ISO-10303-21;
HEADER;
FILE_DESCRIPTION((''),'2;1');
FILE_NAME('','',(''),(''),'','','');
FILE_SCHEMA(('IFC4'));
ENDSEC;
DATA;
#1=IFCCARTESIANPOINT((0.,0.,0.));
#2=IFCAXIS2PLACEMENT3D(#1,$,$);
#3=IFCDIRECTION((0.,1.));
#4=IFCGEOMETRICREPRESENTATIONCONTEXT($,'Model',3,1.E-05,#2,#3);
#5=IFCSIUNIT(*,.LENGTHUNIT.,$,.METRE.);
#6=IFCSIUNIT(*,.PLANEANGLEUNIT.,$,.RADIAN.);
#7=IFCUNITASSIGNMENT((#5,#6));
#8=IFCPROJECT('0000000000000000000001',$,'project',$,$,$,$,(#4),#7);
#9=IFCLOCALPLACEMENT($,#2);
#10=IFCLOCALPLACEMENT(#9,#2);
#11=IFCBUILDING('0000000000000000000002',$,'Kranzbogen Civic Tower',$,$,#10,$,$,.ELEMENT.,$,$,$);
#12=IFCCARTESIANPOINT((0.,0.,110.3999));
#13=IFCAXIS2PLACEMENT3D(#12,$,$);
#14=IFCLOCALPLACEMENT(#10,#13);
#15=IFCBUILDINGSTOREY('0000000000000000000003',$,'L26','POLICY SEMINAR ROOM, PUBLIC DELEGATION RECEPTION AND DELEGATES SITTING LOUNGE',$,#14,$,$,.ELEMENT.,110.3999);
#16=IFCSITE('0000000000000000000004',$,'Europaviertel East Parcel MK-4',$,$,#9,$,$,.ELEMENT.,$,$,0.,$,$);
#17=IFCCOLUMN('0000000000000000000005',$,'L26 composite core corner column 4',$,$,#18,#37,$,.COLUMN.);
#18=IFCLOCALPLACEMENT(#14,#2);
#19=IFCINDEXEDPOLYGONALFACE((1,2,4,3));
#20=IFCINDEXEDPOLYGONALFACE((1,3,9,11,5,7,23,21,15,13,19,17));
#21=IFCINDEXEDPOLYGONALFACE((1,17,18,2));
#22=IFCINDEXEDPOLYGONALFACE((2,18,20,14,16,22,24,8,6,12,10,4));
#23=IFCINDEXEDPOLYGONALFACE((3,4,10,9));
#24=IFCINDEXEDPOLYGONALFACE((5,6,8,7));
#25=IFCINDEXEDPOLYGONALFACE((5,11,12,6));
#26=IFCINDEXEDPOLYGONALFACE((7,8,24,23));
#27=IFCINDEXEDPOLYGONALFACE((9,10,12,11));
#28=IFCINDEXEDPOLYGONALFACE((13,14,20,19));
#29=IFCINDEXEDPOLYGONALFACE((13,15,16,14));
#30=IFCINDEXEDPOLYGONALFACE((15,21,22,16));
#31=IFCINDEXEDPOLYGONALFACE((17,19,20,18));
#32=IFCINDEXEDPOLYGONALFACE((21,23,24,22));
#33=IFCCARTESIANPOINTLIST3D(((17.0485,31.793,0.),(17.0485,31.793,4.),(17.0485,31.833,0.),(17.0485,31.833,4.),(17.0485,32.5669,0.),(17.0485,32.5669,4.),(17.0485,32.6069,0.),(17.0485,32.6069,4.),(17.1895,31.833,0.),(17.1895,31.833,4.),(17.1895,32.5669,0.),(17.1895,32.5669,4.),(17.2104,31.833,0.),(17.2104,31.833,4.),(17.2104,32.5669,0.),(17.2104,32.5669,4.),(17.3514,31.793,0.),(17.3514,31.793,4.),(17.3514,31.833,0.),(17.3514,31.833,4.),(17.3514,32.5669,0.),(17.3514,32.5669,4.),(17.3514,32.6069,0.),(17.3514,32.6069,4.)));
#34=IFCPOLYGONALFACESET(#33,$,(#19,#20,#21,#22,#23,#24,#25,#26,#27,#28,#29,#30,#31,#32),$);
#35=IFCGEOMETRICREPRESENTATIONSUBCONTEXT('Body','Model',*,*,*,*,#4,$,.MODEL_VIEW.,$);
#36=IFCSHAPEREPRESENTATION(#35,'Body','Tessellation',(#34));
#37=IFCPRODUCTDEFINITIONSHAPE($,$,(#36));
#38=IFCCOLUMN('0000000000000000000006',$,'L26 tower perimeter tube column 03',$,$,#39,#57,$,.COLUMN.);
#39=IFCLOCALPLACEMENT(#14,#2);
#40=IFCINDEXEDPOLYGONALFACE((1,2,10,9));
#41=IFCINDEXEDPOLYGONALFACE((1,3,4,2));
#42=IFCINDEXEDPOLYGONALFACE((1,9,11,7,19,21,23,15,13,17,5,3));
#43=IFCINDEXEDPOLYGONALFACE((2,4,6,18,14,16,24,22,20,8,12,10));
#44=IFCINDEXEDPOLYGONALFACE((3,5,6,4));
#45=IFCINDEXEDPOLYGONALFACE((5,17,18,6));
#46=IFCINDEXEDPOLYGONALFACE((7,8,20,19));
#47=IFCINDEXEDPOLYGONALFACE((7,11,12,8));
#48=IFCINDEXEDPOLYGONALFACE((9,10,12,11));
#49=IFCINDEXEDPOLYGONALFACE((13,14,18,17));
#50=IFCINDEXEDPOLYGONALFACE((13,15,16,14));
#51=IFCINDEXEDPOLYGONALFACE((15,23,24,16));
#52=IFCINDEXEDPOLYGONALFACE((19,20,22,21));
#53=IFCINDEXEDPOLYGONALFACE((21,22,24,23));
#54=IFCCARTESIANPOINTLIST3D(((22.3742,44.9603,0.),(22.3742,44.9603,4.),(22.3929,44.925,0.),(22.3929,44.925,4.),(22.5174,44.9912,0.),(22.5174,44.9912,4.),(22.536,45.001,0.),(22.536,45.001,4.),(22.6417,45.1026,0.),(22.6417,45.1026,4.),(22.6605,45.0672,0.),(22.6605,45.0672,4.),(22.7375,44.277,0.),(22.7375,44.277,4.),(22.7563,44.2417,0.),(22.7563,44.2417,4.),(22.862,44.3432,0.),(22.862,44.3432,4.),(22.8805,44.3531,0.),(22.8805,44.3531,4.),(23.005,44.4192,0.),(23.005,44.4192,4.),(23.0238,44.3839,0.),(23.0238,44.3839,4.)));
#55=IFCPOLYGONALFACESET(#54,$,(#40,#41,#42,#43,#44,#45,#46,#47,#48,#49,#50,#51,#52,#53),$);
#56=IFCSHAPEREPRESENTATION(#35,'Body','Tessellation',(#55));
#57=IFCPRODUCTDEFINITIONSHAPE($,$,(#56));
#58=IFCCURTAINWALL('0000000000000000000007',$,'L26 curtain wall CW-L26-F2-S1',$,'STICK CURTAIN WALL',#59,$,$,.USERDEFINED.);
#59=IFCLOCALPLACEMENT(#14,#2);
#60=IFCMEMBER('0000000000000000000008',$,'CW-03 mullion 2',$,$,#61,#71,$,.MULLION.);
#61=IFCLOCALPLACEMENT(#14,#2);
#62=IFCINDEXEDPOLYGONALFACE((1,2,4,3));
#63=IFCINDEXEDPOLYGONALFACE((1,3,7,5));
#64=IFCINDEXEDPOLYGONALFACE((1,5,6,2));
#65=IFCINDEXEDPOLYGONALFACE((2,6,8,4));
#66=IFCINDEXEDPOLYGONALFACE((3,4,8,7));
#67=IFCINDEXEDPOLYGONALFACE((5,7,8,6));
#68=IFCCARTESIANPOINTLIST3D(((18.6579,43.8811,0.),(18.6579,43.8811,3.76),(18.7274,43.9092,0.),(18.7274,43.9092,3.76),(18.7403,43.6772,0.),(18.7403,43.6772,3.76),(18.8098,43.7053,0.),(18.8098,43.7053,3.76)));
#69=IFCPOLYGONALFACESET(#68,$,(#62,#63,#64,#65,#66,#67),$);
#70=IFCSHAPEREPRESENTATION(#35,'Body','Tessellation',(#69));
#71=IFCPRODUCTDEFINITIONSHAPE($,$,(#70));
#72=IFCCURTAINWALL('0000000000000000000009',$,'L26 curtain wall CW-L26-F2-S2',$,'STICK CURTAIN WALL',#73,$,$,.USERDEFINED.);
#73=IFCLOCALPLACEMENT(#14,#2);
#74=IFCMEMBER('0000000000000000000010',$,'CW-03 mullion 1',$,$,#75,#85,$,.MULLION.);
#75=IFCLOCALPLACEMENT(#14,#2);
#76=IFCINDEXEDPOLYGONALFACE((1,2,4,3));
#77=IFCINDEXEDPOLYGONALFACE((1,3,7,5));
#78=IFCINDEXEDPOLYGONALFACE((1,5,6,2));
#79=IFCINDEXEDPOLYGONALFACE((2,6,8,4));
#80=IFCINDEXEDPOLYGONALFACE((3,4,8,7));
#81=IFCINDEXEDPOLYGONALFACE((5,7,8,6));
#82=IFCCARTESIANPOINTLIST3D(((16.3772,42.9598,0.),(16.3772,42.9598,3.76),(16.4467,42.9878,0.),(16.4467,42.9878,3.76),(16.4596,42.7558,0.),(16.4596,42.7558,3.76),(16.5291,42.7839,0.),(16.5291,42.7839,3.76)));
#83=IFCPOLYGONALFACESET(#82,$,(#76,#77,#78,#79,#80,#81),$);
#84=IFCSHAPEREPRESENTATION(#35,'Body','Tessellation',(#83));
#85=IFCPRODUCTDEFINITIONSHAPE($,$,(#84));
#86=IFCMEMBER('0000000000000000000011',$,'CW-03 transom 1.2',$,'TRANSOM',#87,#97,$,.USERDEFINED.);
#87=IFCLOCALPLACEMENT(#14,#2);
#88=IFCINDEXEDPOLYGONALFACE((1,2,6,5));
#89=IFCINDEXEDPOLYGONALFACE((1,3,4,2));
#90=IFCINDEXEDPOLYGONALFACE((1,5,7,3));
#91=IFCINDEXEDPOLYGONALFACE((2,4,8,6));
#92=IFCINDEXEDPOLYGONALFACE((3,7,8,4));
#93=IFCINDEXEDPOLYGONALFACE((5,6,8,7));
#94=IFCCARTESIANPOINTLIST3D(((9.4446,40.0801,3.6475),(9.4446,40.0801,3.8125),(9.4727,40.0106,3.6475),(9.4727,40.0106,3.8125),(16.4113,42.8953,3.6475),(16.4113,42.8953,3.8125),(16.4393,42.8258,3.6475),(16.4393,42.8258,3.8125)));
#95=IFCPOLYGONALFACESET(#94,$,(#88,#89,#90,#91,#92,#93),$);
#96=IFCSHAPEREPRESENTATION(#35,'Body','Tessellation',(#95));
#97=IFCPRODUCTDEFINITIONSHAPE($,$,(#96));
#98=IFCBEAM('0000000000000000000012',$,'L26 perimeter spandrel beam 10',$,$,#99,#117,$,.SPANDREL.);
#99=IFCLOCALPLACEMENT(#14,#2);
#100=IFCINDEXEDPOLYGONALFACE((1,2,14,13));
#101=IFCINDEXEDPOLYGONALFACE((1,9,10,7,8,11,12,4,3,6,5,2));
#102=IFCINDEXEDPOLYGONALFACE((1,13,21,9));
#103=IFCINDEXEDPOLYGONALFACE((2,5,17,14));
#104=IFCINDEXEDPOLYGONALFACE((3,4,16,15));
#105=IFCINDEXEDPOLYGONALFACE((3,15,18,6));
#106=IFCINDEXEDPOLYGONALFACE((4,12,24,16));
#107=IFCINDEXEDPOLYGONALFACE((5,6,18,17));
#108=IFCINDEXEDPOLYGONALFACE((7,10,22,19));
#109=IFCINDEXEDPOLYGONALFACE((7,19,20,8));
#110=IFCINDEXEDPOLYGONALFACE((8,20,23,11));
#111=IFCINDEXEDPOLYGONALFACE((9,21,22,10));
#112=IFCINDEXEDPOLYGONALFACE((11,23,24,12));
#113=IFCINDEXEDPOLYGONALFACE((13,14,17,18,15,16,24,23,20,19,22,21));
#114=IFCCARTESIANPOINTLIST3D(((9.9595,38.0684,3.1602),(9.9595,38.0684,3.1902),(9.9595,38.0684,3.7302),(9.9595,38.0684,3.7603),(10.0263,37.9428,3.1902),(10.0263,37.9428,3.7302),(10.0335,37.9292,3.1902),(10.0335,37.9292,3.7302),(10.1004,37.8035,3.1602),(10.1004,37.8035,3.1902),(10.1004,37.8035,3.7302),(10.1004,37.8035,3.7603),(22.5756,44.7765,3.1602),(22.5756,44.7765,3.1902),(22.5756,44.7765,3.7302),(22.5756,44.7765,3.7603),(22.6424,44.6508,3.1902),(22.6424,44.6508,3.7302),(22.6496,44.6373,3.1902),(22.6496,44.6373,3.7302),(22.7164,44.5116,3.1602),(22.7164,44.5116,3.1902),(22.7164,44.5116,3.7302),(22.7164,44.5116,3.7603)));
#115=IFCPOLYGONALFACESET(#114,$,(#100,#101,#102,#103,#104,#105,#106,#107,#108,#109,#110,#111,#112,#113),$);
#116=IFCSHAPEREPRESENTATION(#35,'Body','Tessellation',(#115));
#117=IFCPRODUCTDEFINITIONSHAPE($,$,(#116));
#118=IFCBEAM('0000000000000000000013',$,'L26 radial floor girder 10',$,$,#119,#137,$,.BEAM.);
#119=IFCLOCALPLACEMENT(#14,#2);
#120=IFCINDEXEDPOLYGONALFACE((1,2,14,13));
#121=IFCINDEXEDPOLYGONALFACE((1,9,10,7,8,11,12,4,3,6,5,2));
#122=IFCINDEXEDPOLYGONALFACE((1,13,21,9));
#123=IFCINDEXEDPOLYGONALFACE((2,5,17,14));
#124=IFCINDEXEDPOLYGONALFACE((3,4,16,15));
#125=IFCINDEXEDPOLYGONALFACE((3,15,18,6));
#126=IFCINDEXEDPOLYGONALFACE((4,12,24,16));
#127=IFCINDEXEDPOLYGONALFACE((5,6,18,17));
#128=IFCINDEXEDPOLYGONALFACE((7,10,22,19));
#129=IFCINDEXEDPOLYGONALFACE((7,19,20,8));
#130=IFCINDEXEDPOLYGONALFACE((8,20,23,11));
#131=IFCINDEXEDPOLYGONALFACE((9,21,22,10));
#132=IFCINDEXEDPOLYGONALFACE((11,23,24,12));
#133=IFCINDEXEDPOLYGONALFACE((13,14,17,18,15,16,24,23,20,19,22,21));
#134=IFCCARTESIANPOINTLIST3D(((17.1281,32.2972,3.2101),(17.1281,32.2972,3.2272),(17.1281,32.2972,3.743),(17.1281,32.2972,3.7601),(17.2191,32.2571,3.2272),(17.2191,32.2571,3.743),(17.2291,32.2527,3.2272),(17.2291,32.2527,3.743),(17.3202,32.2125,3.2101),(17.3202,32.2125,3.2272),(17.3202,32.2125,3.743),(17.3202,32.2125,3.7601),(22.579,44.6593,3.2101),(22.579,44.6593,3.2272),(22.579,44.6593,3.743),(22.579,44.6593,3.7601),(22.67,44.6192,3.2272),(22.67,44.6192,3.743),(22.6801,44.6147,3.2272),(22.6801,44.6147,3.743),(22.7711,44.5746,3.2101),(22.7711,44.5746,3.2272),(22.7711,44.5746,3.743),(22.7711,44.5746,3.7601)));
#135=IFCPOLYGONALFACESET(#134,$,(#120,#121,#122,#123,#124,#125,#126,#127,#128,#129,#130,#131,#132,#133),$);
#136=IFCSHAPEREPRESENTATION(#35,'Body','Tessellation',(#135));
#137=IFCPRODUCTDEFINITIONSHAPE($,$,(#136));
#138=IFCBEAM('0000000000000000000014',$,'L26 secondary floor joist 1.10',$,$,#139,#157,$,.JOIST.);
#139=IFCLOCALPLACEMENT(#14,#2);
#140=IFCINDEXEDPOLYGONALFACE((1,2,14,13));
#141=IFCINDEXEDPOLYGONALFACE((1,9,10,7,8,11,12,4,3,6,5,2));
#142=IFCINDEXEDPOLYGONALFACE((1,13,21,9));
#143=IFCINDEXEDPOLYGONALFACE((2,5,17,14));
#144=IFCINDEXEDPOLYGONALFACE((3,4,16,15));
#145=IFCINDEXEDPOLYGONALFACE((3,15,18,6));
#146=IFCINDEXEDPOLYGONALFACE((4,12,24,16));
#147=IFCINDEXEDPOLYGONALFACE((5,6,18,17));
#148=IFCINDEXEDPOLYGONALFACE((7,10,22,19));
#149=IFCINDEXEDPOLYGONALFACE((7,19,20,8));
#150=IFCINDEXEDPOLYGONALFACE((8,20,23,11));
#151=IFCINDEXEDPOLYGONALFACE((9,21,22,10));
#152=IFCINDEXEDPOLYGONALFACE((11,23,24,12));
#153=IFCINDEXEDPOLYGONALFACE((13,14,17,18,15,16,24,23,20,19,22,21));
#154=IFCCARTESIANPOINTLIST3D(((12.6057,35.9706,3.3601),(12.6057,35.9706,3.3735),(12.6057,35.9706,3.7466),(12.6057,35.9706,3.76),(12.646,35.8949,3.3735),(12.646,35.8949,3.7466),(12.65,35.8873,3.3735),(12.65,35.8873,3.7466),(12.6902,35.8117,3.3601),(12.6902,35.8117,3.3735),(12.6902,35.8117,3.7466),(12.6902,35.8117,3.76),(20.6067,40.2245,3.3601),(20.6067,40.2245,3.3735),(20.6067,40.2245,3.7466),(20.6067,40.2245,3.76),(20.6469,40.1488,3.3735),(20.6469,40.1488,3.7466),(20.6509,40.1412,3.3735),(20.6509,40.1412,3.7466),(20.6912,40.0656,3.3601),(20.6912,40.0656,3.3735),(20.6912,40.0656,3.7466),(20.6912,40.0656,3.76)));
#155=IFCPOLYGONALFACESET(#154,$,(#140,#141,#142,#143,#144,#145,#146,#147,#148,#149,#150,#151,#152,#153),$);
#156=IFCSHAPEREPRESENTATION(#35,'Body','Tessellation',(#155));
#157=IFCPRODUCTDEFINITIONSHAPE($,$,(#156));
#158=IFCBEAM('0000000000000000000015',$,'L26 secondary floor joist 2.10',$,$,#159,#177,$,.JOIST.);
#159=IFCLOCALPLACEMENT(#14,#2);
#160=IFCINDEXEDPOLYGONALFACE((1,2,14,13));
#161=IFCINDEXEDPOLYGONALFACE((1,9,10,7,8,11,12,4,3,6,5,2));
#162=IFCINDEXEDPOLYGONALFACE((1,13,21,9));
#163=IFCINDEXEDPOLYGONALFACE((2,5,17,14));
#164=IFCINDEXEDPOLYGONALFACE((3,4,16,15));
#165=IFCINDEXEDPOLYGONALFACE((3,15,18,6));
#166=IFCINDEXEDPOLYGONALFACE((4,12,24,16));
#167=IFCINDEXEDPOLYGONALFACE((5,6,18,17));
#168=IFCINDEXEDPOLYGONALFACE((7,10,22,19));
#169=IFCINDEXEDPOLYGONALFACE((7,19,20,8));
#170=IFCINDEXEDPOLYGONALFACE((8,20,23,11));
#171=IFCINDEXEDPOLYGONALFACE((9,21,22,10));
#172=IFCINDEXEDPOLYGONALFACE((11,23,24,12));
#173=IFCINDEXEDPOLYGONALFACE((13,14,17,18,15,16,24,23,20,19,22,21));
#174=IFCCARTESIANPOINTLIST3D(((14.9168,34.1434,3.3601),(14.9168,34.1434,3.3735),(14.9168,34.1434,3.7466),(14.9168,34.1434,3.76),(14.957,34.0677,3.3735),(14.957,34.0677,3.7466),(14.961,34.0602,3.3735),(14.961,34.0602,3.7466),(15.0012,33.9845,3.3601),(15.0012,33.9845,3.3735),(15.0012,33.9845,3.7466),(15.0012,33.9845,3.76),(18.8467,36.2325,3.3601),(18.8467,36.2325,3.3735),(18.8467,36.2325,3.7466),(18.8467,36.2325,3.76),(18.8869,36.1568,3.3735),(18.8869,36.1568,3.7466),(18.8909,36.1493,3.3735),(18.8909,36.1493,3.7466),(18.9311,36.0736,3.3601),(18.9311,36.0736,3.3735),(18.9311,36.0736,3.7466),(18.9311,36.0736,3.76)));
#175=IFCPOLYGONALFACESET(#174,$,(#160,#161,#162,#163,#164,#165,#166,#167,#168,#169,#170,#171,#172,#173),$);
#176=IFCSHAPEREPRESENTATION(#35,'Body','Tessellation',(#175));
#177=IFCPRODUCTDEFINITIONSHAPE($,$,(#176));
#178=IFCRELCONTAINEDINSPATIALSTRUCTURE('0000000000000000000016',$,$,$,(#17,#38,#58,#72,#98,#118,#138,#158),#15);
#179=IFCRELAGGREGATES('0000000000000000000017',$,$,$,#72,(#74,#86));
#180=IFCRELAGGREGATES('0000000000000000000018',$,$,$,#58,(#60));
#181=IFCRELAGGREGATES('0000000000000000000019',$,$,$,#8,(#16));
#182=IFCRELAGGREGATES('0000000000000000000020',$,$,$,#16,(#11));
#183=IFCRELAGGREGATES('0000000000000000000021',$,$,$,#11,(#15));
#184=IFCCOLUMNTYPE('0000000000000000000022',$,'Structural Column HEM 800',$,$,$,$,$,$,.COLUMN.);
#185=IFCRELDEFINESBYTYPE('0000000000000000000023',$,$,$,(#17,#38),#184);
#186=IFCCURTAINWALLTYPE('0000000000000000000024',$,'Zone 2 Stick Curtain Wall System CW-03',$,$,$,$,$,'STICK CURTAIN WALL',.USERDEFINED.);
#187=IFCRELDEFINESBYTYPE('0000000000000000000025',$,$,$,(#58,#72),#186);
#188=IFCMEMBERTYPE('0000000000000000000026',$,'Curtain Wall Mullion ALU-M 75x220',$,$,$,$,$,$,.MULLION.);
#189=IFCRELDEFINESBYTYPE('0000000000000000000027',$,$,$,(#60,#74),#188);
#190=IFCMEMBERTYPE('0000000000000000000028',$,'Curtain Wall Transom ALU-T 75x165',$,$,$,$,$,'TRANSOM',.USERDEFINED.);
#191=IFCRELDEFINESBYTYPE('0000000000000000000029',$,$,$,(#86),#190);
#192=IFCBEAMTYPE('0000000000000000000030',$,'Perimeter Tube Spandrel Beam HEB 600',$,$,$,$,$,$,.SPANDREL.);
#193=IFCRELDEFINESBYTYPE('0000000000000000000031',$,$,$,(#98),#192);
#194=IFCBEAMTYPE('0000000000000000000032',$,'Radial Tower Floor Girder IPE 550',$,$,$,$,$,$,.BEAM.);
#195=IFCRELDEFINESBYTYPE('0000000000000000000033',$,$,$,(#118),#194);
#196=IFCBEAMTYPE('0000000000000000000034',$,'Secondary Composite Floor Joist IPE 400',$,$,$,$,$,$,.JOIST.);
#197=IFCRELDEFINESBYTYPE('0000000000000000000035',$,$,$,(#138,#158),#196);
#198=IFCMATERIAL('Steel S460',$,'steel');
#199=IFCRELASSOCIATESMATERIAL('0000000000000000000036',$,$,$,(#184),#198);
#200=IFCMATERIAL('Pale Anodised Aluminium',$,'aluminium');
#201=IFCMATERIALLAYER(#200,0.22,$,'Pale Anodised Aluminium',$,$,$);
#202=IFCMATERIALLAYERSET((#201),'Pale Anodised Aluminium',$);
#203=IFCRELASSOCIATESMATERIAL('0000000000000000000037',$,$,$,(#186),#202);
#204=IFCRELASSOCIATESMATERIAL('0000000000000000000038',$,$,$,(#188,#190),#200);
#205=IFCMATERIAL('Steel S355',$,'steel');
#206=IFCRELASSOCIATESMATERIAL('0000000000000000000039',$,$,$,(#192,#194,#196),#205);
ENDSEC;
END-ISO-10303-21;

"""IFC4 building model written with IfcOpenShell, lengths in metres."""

from ifc_helpers import new_model, si_unit, direction, frame, origin, origin_2d, place, context, subcontext, project, spatial, rectangle, i_section, extrude, material, layer, layer_set, material_profile, profile_set, type_object, element, aggregate, save


model = new_model("IFC4")

# Units and contexts
model_context = context("Model", 3, precision=1e-05, world=origin(), true_north=direction((0.0, 1.0)))
body_context = subcontext(model_context, "Body", "Model", "MODEL_VIEW")
ifc_project = project(units=[si_unit("LENGTHUNIT", "METRE"), si_unit("PLANEANGLEUNIT", "RADIAN")], contexts=[model_context])

# Site, building, storey
site_placement = place(None, origin())
site = spatial("IfcSite", under=ifc_project, at=site_placement, Name="Europaviertel East Parcel MK-4", CompositionType="ELEMENT", RefElevation=0.0)
building_placement = place(site_placement, origin())
building = spatial("IfcBuilding", under=site, at=building_placement, Name="Kranzbogen Civic Tower", CompositionType="ELEMENT")
storey_placement = place(building_placement, frame((0.0, 0.0, 110.3999)))
storey = spatial("IfcBuildingStorey", under=building, at=storey_placement, Name="L26", Description="POLICY SEMINAR ROOM, PUBLIC DELEGATION RECEPTION AND DELEGATES SITTING LOUNGE", CompositionType="ELEMENT", Elevation=110.3999)

# Columns
ifc_material_1 = material(Name="Steel S460", Category="steel")
ifc_material_profile_1 = material_profile(ifc_material_1, i_section(OverallWidth=0.303, OverallDepth=0.814, WebThickness=0.021, FlangeThickness=0.04, at=origin_2d()), Name="HEM 800")
ifc_profile_set_1 = profile_set([ifc_material_profile_1], Name="Steel S460")
column_type = type_object("IfcColumnType", Name="Structural Column HEM 800", PredefinedType="COLUMN", material=ifc_profile_set_1)
for number, where, z_axis, x_axis, name in (
    (1, (17.2, 32.2, 0.0), (0.0, 0.0, 1.0), (1.0, 0.0, 0.0), "L26 composite core corner column 4"),
    (2, (22.699, 44.6721, 0.0), (0.0, 0.0, 1.0), (0.882948, 0.469472, 0.0), "L26 tower perimeter tube column 03"),
):
    element("IfcColumn", number, at=place(storey_placement, frame(where, z_axis=z_axis, x_axis=x_axis)), inside=storey, type_object=column_type, Name=name, PredefinedType="COLUMN", context=body_context, shape_type="SweptSolid", body=[
        extrude(i_section(OverallWidth=0.303, OverallDepth=0.814, WebThickness=0.021, FlangeThickness=0.04, at=origin_2d()), origin(), (0.0, 0.0, 1.0), 4.0),
    ])

# Curtain wall, member
ifc_material_2 = material(Name="Pale Anodised Aluminium", Category="aluminium")
ifc_layer_1 = layer(ifc_material_2, 0.22, Name="Pale Anodised Aluminium")
ifc_layer_set_1 = layer_set([ifc_layer_1], Name="Pale Anodised Aluminium")
curtain_wall_type = type_object("IfcCurtainWallType", Name="Zone 2 Stick Curtain Wall System CW-03", ElementType="STICK CURTAIN WALL", PredefinedType="USERDEFINED", material=ifc_layer_set_1)
curtain_wall_1_placement = place(storey_placement, origin())
curtain_wall_1 = element("IfcCurtainWall", 3, at=curtain_wall_1_placement, inside=storey, type_object=curtain_wall_type, Name="L26 curtain wall CW-L26-F2-S1", ObjectType="STICK CURTAIN WALL", PredefinedType="USERDEFINED")
ifc_material_profile_2 = material_profile(ifc_material_2, rectangle(XDim=0.075, YDim=0.22, at=origin_2d()), Name="ALU-M 75x220")
ifc_profile_set_2 = profile_set([ifc_material_profile_2], Name="Pale Anodised Aluminium")
member_type_1 = type_object("IfcMemberType", Name="Curtain Wall Mullion ALU-M 75x220", PredefinedType="MULLION", material=ifc_profile_set_2)
member_1_placement = place(storey_placement, frame((18.7339, 43.7932, 0.0), z_axis=(0.0, 0.0, 1.0), x_axis=(-0.92717, -0.374641, 0.0)))
member_1 = element("IfcMember", 4, at=member_1_placement, type_object=member_type_1, Name="CW-03 mullion 2", PredefinedType="MULLION", context=body_context, shape_type="SweptSolid", body=[
    extrude(rectangle(XDim=0.075, YDim=0.22, at=origin_2d()), origin(), (0.0, 0.0, 1.0), 3.76),
])

# Curtain wall, members
curtain_wall_2_placement = place(storey_placement, origin())
curtain_wall_2 = element("IfcCurtainWall", 5, at=curtain_wall_2_placement, inside=storey, type_object=curtain_wall_type, Name="L26 curtain wall CW-L26-F2-S2", ObjectType="STICK CURTAIN WALL", PredefinedType="USERDEFINED")
member_2_placement = place(storey_placement, frame((16.4531, 42.8718, 0.0), z_axis=(0.0, 0.0, 1.0), x_axis=(-0.92717, -0.374641, 0.0)))
member_2 = element("IfcMember", 6, at=member_2_placement, type_object=member_type_1, Name="CW-03 mullion 1", PredefinedType="MULLION", context=body_context, shape_type="SweptSolid", body=[
    extrude(rectangle(XDim=0.075, YDim=0.22, at=origin_2d()), origin(), (0.0, 0.0, 1.0), 3.76),
])
ifc_material_profile_3 = material_profile(ifc_material_2, rectangle(XDim=0.075, YDim=0.165, at=origin_2d()), Name="ALU-T 75x165")
ifc_profile_set_3 = profile_set([ifc_material_profile_3], Name="Pale Anodised Aluminium")
member_type_2 = type_object("IfcMemberType", Name="Curtain Wall Transom ALU-T 75x165", ElementType="TRANSOM", PredefinedType="USERDEFINED", material=ifc_profile_set_3)
member_3_placement = place(storey_placement, frame((16.4253, 42.8606, 3.73), z_axis=(-0.92716, -0.374666, 0.0), x_axis=(0.374666, -0.92716, 0.0)))
member_3 = element("IfcMember", 7, at=member_3_placement, type_object=member_type_2, Name="CW-03 transom 1.2", ObjectType="TRANSOM", PredefinedType="USERDEFINED", context=body_context, shape_type="SweptSolid", body=[
    extrude(rectangle(XDim=0.075, YDim=0.165, at=origin_2d()), origin(), (0.0, 0.0, 1.0), 7.5139),
])
aggregate(curtain_wall_2, [member_2, member_3])

# Beams
ifc_material_3 = material(Name="Steel S355", Category="steel")
ifc_material_profile_4 = material_profile(ifc_material_3, i_section(OverallWidth=0.3, OverallDepth=0.6001, WebThickness=0.0154, FlangeThickness=0.03, at=origin_2d()), Name="HEB 600")
ifc_profile_set_4 = profile_set([ifc_material_profile_4], Name="Steel S355")
beam_type_1 = type_object("IfcBeamType", Name="Perimeter Tube Spandrel Beam HEB 600", PredefinedType="SPANDREL", material=ifc_profile_set_4)
beam_1_placement = place(storey_placement, frame((22.646, 44.644, 3.4602), z_axis=(-0.882948, -0.46947, 0.0), x_axis=(0.46947, -0.882948, 0.0)))
element("IfcBeam", 8, at=beam_1_placement, inside=storey, type_object=beam_type_1, Name="L26 perimeter spandrel beam 10", PredefinedType="SPANDREL", context=body_context, shape_type="SweptSolid", body=[
    extrude(i_section(OverallWidth=0.3, OverallDepth=0.6001, WebThickness=0.0154, FlangeThickness=0.03, at=origin_2d()), origin(), (0.0, 0.0, 1.0), 14.2886),
])
ifc_material_profile_5 = material_profile(ifc_material_3, i_section(OverallWidth=0.21, OverallDepth=0.55, WebThickness=0.011, FlangeThickness=0.0171, at=origin_2d()), Name="IPE 550")
ifc_profile_set_5 = profile_set([ifc_material_profile_5], Name="Steel S355")
beam_type_2 = type_object("IfcBeamType", Name="Radial Tower Floor Girder IPE 550", PredefinedType="BEAM", material=ifc_profile_set_5)
beam_2_placement = place(storey_placement, frame((22.675, 44.6169, 3.4851), z_axis=(-0.403459, -0.914998, 0.0), x_axis=(0.914998, -0.403459, 0.0)))
element("IfcBeam", 9, at=beam_2_placement, inside=storey, type_object=beam_type_2, Name="L26 radial floor girder 10", PredefinedType="BEAM", context=body_context, shape_type="SweptSolid", body=[
    extrude(i_section(OverallWidth=0.21, OverallDepth=0.55, WebThickness=0.011, FlangeThickness=0.0171, at=origin_2d()), origin(), (0.0, 0.0, 1.0), 13.5105),
])
ifc_material_profile_6 = material_profile(ifc_material_3, i_section(OverallWidth=0.1799, OverallDepth=0.3999, WebThickness=0.0085, FlangeThickness=0.0134, at=origin_2d()), Name="IPE 400")
ifc_profile_set_6 = profile_set([ifc_material_profile_6], Name="Steel S355")
beam_type_3 = type_object("IfcBeamType", Name="Secondary Composite Floor Joist IPE 400", PredefinedType="JOIST", material=ifc_profile_set_6)
beam_3_placement = place(storey_placement, frame((20.6489, 40.145, 3.5601), z_axis=(-0.882961, -0.469447, 0.0), x_axis=(0.469447, -0.882961, 0.0)))
element("IfcBeam", 10, at=beam_3_placement, inside=storey, type_object=beam_type_3, Name="L26 secondary floor joist 1.10", PredefinedType="JOIST", context=body_context, shape_type="SweptSolid", body=[
    extrude(i_section(OverallWidth=0.1799, OverallDepth=0.3999, WebThickness=0.0085, FlangeThickness=0.0134, at=origin_2d()), origin(), (0.0, 0.0, 1.0), 9.0615),
])
beam_4_placement = place(storey_placement, frame((18.8889, 36.1531, 3.5601), z_axis=(-0.882991, -0.469389, 0.0), x_axis=(0.469389, -0.882991, 0.0)))
element("IfcBeam", 11, at=beam_4_placement, inside=storey, type_object=beam_type_3, Name="L26 secondary floor joist 2.10", PredefinedType="JOIST", context=body_context, shape_type="SweptSolid", body=[
    extrude(i_section(OverallWidth=0.1799, OverallDepth=0.3999, WebThickness=0.0085, FlangeThickness=0.0134, at=origin_2d()), origin(), (0.0, 0.0, 1.0), 4.4507),
])

aggregate(curtain_wall_1, [member_1])

save(model, "model.ifc")
